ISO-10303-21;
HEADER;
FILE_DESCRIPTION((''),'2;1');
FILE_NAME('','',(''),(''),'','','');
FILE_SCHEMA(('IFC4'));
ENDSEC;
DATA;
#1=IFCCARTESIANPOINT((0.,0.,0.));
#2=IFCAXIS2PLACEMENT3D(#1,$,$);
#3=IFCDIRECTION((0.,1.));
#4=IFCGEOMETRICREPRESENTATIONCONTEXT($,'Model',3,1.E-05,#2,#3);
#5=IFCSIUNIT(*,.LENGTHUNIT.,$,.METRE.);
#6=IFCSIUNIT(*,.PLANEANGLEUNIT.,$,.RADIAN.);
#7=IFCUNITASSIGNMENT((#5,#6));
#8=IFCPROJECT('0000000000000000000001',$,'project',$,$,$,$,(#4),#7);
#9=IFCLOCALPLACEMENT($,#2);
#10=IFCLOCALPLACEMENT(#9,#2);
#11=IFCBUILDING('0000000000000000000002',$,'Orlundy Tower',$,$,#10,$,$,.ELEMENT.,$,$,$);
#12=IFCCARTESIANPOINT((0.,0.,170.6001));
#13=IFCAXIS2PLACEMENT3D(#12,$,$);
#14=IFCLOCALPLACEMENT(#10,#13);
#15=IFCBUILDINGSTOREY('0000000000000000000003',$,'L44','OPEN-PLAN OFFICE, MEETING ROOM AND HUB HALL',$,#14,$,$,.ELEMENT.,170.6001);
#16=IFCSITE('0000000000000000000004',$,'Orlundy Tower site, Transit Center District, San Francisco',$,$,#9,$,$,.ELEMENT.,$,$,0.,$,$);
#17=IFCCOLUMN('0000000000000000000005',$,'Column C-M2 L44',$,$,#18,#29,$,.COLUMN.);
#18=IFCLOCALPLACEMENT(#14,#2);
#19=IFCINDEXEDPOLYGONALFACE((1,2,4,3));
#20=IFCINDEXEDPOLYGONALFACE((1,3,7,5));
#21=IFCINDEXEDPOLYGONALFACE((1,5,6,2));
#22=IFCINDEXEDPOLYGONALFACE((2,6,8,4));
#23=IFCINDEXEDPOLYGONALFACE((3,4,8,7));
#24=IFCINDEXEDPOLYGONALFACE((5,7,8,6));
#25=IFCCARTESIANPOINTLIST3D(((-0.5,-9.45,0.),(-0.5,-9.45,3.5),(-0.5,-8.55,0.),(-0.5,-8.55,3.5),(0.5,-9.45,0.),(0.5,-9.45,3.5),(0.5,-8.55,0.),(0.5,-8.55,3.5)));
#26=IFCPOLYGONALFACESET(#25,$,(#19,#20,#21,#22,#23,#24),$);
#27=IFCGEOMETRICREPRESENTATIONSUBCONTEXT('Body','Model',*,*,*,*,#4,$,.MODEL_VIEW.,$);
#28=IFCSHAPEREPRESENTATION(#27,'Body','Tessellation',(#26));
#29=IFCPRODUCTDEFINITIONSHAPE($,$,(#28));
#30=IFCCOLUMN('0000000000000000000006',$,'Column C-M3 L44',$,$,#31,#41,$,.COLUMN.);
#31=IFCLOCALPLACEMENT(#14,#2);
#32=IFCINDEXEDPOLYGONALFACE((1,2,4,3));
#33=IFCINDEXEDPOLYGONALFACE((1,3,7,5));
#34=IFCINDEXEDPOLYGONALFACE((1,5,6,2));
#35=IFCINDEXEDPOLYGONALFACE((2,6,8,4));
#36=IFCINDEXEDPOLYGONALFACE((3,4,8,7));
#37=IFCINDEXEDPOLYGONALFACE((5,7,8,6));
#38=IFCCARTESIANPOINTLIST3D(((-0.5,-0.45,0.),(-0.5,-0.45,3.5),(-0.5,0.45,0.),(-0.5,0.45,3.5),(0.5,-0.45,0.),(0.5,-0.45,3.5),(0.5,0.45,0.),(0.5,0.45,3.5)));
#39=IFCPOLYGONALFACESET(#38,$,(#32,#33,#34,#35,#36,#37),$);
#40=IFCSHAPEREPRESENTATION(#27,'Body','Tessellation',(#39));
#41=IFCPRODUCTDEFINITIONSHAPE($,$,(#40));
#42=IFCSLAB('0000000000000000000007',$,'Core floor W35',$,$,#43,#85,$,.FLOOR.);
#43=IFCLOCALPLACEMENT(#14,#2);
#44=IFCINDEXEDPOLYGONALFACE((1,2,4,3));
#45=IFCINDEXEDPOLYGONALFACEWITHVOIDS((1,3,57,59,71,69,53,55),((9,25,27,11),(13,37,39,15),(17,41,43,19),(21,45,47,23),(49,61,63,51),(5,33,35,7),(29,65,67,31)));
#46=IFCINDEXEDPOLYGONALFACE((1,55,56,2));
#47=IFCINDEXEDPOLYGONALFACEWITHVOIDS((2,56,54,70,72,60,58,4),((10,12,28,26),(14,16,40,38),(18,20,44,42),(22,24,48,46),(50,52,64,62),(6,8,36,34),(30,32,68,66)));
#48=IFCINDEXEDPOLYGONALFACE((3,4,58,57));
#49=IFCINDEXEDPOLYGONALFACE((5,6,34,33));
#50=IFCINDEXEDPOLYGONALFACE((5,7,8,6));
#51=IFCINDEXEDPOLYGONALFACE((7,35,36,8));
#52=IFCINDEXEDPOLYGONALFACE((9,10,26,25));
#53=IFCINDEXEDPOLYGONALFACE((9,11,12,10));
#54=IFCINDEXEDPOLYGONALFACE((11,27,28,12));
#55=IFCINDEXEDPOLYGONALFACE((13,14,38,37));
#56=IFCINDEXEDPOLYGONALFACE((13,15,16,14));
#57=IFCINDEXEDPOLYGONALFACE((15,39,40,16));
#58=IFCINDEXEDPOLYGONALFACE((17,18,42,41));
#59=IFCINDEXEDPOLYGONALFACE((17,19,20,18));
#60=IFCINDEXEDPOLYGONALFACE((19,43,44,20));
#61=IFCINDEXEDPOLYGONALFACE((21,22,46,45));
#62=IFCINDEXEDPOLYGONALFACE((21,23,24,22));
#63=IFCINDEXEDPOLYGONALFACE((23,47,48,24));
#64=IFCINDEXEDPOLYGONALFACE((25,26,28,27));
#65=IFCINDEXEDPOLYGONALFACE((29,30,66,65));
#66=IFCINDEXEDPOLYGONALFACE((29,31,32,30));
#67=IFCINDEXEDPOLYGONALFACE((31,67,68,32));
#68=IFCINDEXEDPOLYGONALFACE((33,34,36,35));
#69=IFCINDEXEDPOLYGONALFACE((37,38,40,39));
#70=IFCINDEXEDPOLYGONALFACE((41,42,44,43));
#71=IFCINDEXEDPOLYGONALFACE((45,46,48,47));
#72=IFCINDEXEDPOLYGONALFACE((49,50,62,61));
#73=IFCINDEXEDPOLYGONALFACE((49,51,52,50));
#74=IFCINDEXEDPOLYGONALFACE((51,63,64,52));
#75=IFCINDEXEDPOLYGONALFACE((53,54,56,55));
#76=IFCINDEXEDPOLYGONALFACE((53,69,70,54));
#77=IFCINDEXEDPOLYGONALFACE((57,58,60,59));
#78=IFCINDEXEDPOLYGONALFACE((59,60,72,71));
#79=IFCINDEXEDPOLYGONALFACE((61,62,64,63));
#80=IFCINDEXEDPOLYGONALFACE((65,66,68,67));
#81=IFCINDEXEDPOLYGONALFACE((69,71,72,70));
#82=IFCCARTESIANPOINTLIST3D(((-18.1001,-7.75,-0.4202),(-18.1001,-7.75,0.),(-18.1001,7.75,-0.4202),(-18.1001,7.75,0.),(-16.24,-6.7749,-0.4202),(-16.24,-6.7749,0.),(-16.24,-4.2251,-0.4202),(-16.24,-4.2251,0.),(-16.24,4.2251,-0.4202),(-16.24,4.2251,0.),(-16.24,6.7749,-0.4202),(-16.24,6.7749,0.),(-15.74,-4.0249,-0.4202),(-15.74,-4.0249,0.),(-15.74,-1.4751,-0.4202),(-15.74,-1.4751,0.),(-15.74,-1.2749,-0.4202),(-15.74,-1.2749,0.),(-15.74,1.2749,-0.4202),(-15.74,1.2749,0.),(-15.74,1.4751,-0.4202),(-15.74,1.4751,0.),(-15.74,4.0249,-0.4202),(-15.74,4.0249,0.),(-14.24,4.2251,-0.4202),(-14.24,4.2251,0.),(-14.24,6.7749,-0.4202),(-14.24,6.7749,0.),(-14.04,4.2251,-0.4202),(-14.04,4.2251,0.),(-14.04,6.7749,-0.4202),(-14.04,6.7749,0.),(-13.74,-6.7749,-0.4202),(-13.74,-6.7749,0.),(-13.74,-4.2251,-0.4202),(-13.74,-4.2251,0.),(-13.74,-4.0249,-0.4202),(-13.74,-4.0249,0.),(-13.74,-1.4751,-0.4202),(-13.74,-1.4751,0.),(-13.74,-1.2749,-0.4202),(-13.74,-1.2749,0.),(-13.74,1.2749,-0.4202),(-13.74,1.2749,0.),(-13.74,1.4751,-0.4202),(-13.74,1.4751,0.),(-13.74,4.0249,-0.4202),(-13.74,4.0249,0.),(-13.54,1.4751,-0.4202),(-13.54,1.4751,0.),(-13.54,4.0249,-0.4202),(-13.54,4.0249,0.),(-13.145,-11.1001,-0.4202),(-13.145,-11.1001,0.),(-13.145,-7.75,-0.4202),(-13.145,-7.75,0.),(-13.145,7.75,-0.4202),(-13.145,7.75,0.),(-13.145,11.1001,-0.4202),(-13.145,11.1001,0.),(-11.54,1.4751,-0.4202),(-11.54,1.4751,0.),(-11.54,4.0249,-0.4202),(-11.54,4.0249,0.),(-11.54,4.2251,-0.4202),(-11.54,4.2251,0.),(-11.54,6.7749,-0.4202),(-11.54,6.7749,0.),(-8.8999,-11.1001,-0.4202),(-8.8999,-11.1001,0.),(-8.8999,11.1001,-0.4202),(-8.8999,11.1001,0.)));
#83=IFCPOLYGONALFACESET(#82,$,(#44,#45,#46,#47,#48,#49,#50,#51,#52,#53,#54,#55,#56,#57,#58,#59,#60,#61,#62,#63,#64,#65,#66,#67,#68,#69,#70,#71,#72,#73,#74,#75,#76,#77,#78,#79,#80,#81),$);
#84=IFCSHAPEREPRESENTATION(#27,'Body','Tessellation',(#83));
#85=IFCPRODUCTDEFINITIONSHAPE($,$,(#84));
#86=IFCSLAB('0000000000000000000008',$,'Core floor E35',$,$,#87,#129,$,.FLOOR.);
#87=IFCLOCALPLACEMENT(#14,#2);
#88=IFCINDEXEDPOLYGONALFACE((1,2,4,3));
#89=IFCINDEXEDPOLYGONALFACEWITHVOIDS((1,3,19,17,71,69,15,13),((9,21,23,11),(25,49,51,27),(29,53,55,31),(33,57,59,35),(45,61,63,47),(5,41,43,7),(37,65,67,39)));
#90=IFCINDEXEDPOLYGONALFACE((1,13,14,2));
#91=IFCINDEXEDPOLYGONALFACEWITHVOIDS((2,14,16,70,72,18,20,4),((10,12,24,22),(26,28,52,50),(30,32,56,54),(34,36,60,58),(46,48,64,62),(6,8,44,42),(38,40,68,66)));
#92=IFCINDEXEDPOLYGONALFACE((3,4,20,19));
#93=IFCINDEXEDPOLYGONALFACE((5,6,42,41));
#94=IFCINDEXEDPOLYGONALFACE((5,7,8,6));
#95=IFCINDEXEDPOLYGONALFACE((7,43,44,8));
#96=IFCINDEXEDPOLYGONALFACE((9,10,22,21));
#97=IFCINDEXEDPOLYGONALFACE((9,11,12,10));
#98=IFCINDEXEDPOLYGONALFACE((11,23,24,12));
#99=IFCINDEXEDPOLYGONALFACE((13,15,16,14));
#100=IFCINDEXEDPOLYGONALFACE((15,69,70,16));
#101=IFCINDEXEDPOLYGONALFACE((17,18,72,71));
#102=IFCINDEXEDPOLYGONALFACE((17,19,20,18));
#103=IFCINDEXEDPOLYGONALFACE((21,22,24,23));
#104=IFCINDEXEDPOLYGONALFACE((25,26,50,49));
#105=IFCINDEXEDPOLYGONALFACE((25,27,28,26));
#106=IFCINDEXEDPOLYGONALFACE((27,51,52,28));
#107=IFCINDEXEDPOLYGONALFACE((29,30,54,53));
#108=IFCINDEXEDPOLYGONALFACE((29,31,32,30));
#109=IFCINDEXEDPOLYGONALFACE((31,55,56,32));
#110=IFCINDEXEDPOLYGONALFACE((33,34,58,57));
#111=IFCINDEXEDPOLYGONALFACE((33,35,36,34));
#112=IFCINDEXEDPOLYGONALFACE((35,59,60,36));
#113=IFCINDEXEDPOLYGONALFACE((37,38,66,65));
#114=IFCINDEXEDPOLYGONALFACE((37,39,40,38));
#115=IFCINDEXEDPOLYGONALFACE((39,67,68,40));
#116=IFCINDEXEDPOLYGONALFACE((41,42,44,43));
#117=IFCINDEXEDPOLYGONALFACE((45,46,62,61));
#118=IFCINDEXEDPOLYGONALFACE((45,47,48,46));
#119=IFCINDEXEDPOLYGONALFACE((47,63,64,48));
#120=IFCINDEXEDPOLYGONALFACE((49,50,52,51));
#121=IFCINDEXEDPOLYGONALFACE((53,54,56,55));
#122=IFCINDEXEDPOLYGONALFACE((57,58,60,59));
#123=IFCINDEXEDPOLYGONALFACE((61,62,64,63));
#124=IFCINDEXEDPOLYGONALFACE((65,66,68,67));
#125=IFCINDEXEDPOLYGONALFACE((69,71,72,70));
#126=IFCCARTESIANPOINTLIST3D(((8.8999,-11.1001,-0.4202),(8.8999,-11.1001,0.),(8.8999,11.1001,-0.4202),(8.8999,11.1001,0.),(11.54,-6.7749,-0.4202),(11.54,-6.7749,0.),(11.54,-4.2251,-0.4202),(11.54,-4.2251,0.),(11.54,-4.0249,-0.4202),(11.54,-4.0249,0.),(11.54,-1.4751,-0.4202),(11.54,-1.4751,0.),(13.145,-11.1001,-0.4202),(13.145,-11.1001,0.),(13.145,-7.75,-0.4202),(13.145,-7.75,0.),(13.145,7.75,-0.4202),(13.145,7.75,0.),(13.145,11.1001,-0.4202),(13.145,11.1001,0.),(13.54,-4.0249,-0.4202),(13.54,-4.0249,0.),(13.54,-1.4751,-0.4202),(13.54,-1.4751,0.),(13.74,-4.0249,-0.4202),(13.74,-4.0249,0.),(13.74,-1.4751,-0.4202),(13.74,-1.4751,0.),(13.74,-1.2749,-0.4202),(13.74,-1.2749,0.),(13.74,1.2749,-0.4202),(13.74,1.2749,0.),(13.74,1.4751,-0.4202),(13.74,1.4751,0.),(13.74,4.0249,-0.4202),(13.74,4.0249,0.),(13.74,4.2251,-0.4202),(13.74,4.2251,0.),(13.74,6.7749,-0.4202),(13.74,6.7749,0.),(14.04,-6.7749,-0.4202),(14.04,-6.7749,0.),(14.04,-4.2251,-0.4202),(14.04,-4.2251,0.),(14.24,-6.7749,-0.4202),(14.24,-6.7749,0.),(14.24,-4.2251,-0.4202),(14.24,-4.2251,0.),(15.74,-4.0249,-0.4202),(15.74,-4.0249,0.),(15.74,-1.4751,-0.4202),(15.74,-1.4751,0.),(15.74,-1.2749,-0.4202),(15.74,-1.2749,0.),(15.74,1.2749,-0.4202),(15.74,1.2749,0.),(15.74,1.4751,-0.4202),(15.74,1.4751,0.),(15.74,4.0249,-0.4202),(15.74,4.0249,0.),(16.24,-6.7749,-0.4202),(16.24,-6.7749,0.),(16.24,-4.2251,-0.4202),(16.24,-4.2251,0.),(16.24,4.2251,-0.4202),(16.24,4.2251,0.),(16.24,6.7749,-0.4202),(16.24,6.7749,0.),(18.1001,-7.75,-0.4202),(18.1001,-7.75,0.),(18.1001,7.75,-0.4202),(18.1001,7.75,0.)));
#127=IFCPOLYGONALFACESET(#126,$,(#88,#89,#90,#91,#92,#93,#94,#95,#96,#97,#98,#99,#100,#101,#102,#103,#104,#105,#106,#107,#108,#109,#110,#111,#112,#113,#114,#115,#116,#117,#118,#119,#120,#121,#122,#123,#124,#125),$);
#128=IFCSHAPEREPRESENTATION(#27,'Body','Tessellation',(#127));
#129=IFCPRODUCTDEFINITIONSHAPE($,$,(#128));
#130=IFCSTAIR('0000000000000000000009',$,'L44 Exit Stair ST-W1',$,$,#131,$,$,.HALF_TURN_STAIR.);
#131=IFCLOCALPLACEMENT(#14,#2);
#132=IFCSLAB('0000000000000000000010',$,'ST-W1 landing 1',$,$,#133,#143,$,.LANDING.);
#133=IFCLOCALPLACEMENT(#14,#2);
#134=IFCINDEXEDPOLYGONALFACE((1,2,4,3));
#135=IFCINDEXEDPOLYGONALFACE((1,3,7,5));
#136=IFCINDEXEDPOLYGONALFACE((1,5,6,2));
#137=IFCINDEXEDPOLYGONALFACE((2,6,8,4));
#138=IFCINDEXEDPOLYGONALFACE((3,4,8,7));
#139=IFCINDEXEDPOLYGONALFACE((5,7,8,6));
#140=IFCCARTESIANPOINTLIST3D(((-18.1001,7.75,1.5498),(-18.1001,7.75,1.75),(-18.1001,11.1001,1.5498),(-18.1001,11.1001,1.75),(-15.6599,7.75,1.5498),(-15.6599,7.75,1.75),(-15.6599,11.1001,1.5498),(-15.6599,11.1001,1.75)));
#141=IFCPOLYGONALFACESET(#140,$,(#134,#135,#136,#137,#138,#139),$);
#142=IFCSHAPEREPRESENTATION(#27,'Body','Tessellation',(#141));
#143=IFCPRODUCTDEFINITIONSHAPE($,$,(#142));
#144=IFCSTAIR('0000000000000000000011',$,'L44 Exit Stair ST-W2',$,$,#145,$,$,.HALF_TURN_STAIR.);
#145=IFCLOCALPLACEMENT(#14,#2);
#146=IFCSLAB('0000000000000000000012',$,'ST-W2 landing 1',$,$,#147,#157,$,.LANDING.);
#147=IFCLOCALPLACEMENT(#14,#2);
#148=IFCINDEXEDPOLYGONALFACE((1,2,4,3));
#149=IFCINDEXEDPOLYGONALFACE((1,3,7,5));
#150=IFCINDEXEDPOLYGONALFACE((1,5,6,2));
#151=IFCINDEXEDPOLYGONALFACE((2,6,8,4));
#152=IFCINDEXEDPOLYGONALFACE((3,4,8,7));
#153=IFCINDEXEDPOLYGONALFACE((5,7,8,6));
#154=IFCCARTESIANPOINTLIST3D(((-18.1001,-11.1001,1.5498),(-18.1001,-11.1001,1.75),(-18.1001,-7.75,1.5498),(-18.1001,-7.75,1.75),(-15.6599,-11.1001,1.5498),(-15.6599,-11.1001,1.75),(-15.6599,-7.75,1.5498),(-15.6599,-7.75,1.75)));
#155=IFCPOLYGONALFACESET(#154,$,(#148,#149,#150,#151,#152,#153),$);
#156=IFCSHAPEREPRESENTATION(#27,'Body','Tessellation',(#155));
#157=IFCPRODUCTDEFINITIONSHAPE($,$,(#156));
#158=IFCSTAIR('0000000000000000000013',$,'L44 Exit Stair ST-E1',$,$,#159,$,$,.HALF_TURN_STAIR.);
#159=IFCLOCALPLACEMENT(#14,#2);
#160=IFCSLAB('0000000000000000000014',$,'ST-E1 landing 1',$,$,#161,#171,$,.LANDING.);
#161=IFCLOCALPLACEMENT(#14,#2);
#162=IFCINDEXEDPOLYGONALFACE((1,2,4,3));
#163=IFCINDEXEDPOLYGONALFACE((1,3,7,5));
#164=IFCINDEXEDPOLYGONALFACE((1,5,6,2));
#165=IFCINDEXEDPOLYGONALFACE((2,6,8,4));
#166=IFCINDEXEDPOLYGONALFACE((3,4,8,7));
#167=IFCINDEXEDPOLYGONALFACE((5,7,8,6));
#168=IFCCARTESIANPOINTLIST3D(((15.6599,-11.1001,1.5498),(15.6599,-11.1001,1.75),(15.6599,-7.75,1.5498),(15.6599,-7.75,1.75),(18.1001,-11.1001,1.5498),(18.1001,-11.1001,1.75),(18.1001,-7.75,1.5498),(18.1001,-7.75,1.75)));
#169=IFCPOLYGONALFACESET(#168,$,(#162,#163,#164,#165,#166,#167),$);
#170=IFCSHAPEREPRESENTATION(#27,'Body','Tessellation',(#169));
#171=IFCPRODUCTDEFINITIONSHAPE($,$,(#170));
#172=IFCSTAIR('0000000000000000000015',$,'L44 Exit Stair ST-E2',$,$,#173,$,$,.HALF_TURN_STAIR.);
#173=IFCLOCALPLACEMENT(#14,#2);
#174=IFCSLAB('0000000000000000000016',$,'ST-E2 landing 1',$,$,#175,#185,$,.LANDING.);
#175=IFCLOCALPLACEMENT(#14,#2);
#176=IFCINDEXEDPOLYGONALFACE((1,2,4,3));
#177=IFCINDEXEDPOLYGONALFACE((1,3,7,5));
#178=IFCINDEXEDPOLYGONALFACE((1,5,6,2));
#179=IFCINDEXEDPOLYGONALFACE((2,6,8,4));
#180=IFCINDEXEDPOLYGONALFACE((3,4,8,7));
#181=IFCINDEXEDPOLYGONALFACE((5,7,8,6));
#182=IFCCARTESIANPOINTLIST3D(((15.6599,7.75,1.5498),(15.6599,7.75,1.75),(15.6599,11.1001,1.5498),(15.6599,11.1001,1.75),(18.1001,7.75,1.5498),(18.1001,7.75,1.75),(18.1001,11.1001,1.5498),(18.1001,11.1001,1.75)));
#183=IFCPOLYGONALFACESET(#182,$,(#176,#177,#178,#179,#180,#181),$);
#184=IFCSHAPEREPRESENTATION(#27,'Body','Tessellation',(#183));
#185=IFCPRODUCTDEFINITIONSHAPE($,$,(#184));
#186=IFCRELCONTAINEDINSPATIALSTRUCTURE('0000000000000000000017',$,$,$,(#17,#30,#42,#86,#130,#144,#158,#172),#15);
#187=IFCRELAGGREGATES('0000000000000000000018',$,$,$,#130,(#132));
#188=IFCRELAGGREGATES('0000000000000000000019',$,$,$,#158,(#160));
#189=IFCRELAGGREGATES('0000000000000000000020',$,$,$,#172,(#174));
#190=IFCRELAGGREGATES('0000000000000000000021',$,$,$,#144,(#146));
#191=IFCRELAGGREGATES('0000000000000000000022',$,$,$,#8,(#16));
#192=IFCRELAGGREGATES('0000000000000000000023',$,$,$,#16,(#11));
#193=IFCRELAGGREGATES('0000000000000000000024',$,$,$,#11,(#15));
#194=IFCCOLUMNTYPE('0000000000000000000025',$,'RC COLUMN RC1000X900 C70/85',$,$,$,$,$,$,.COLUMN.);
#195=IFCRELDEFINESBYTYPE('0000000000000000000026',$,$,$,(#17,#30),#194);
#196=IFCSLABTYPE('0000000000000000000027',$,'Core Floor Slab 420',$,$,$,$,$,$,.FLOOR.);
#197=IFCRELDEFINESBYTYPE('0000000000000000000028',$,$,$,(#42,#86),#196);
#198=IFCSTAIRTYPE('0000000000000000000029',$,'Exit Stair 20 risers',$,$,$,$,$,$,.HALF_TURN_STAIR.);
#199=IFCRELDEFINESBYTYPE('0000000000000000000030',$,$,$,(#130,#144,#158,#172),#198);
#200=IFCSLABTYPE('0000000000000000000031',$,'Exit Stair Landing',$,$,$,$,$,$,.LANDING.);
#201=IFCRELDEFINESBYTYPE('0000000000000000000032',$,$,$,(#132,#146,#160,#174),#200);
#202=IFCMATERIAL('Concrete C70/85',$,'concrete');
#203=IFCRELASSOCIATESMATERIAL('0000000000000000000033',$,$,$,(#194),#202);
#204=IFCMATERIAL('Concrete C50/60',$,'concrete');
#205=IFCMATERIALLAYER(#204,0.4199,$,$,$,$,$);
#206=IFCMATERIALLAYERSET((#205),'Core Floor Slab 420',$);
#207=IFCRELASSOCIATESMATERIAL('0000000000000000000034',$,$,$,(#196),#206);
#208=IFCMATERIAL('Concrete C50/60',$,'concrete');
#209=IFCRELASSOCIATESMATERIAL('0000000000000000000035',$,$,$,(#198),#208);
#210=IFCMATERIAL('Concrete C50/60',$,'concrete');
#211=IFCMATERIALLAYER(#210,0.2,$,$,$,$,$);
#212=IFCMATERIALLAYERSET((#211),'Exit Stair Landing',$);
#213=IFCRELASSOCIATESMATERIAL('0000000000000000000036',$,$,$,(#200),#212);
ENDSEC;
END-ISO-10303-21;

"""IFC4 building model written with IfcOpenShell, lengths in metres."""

from ifc_helpers import new_model, si_unit, direction, frame, origin, origin_2d, place, context, subcontext, project, spatial, polyline, rectangle, outline, extrude, material, layer, layer_set, material_profile, profile_set, type_object, element, aggregate, save


model = new_model("IFC4")

# Units and contexts
model_context = context("Model", 3, precision=1e-05, world=origin(), true_north=direction((0.0, 1.0)))
body_context = subcontext(model_context, "Body", "Model", "MODEL_VIEW")
ifc_project = project(units=[si_unit("LENGTHUNIT", "METRE"), si_unit("PLANEANGLEUNIT", "RADIAN")], contexts=[model_context])

# Site, building, storey
site_placement = place(None, origin())
site = spatial("IfcSite", under=ifc_project, at=site_placement, Name="Orlundy Tower site, Transit Center District, San Francisco", CompositionType="ELEMENT", RefElevation=0.0)
building_placement = place(site_placement, origin())
building = spatial("IfcBuilding", under=site, at=building_placement, Name="Orlundy Tower", CompositionType="ELEMENT")
storey_placement = place(building_placement, frame((0.0, 0.0, 170.6001)))
storey = spatial("IfcBuildingStorey", under=building, at=storey_placement, Name="L44", Description="OPEN-PLAN OFFICE, MEETING ROOM AND HUB HALL", CompositionType="ELEMENT", Elevation=170.6001)

# Columns
ifc_material_1 = material(Name="Concrete C70/85", Category="concrete")
ifc_material_profile = material_profile(ifc_material_1, rectangle(XDim=1.0, YDim=0.8999, at=origin_2d()), Name="RC1000X900")
ifc_profile_set = profile_set([ifc_material_profile], Name="Concrete C70/85")
column_type = type_object("IfcColumnType", Name="RC COLUMN RC1000X900 C70/85", PredefinedType="COLUMN", material=ifc_profile_set)
for number, where, z_axis, x_axis, name in (
    (1, (0.0, -9.0, 0.0), (0.0, 0.0, 1.0), (1.0, 0.0, 0.0), "Column C-M2 L44"),
    (2, (0.0, 0.0, 0.0), (0.0, 0.0, 1.0), (1.0, 0.0, 0.0), "Column C-M3 L44"),
):
    element("IfcColumn", number, at=place(storey_placement, frame(where, z_axis=z_axis, x_axis=x_axis)), inside=storey, type_object=column_type, Name=name, PredefinedType="COLUMN", context=body_context, shape_type="SweptSolid", body=[
        extrude(rectangle(XDim=1.0, YDim=0.8999, at=origin_2d()), origin(), (0.0, 0.0, 1.0), 3.5),
    ])

# Slabs
ifc_material_2 = material(Name="Concrete C50/60", Category="concrete")
ifc_layer_1 = layer(ifc_material_2, 0.4199)
ifc_layer_set_1 = layer_set([ifc_layer_1], Name="Core Floor Slab 420")
slab_type_1 = type_object("IfcSlabType", Name="Core Floor Slab 420", PredefinedType="FLOOR", material=ifc_layer_set_1)
slab_1_placement = place(storey_placement, frame((0.0, 0.0, -0.4202)))
element("IfcSlab", 3, at=slab_1_placement, inside=storey, type_object=slab_type_1, Name="Core floor W35", PredefinedType="FLOOR", context=body_context, shape_type="SweptSolid", body=[
    extrude(outline(polyline([(-13.145, -11.1001), (-13.145, -7.75), (-18.1001, -7.75), (-18.1001, 7.75), (-13.145, 7.75), (-13.145, 11.1001), (-8.8999, 11.1001), (-8.8999, -11.1001), (-13.145, -11.1001)]), holes=[polyline([(-13.74, -4.2251), (-16.24, -4.2251), (-16.24, -6.7749), (-13.74, -6.7749), (-13.74, -4.2251)]), polyline([(-13.74, -4.0249), (-13.74, -1.4751), (-15.74, -1.4751), (-15.74, -4.0249), (-13.74, -4.0249)]), polyline([(-15.74, -1.2749), (-13.74, -1.2749), (-13.74, 1.2749), (-15.74, 1.2749), (-15.74, -1.2749)]), polyline([(-13.54, 4.0249), (-13.54, 1.4751), (-11.54, 1.4751), (-11.54, 4.0249), (-13.54, 4.0249)]), polyline([(-13.74, 4.0249), (-15.74, 4.0249), (-15.74, 1.4751), (-13.74, 1.4751), (-13.74, 4.0249)]), polyline([(-11.54, 4.2251), (-11.54, 6.7749), (-14.04, 6.7749), (-14.04, 4.2251), (-11.54, 4.2251)]), polyline([(-16.24, 4.2251), (-14.24, 4.2251), (-14.24, 6.7749), (-16.24, 6.7749), (-16.24, 4.2251)])]), origin(), (0.0, 0.0, 1.0), 0.4202),
])
slab_2_placement = place(storey_placement, frame((0.0, 0.0, -0.4202)))
element("IfcSlab", 4, at=slab_2_placement, inside=storey, type_object=slab_type_1, Name="Core floor E35", PredefinedType="FLOOR", context=body_context, shape_type="SweptSolid", body=[
    extrude(outline(polyline([(13.145, 11.1001), (13.145, 7.75), (18.1001, 7.75), (18.1001, -7.75), (13.145, -7.75), (13.145, -11.1001), (8.8999, -11.1001), (8.8999, 11.1001), (13.145, 11.1001)]), holes=[polyline([(13.74, 4.2251), (16.24, 4.2251), (16.24, 6.7749), (13.74, 6.7749), (13.74, 4.2251)]), polyline([(13.74, 4.0249), (13.74, 1.4751), (15.74, 1.4751), (15.74, 4.0249), (13.74, 4.0249)]), polyline([(15.74, 1.2749), (13.74, 1.2749), (13.74, -1.2749), (15.74, -1.2749), (15.74, 1.2749)]), polyline([(13.54, -4.0249), (13.54, -1.4751), (11.54, -1.4751), (11.54, -4.0249), (13.54, -4.0249)]), polyline([(13.74, -4.0249), (15.74, -4.0249), (15.74, -1.4751), (13.74, -1.4751), (13.74, -4.0249)]), polyline([(11.54, -4.2251), (11.54, -6.7749), (14.04, -6.7749), (14.04, -4.2251), (11.54, -4.2251)]), polyline([(16.24, -4.2251), (14.24, -4.2251), (14.24, -6.7749), (16.24, -6.7749), (16.24, -4.2251)])]), origin(), (0.0, 0.0, 1.0), 0.4202),
])

# Stairs, slabs
ifc_material_3 = material(Name="Concrete C50/60", Category="concrete")
stair_type = type_object("IfcStairType", Name="Exit Stair 20 risers", PredefinedType="HALF_TURN_STAIR", material=ifc_material_3)
stair_1_placement = place(storey_placement, origin())
stair_1 = element("IfcStair", 5, at=stair_1_placement, inside=storey, type_object=stair_type, Name="L44 Exit Stair ST-W1", PredefinedType="HALF_TURN_STAIR")
ifc_material_4 = material(Name="Concrete C50/60", Category="concrete")
ifc_layer_2 = layer(ifc_material_4, 0.2)
ifc_layer_set_2 = layer_set([ifc_layer_2], Name="Exit Stair Landing")
slab_type_2 = type_object("IfcSlabType", Name="Exit Stair Landing", PredefinedType="LANDING", material=ifc_layer_set_2)
slab_3_placement = place(storey_placement, frame((0.0, 0.0, 1.5498)))
slab_3 = element("IfcSlab", 6, at=slab_3_placement, type_object=slab_type_2, Name="ST-W1 landing 1", PredefinedType="LANDING", context=body_context, shape_type="SweptSolid", body=[
    extrude(outline(polyline([(-15.6599, 11.1001), (-18.1001, 11.1001), (-18.1001, 7.75), (-15.6599, 7.75), (-15.6599, 11.1001)])), origin(), (0.0, 0.0, 1.0), 0.2002),
])
aggregate(stair_1, [slab_3])
stair_2_placement = place(storey_placement, origin())
stair_2 = element("IfcStair", 7, at=stair_2_placement, inside=storey, type_object=stair_type, Name="L44 Exit Stair ST-W2", PredefinedType="HALF_TURN_STAIR")
slab_4_placement = place(storey_placement, frame((0.0, 0.0, 1.5498)))
slab_4 = element("IfcSlab", 8, at=slab_4_placement, type_object=slab_type_2, Name="ST-W2 landing 1", PredefinedType="LANDING", context=body_context, shape_type="SweptSolid", body=[
    extrude(outline(polyline([(-15.6599, -7.75), (-18.1001, -7.75), (-18.1001, -11.1001), (-15.6599, -11.1001), (-15.6599, -7.75)])), origin(), (0.0, 0.0, 1.0), 0.2002),
])
stair_3_placement = place(storey_placement, origin())
stair_3 = element("IfcStair", 9, at=stair_3_placement, inside=storey, type_object=stair_type, Name="L44 Exit Stair ST-E1", PredefinedType="HALF_TURN_STAIR")
slab_5_placement = place(storey_placement, frame((0.0, 0.0, 1.5498)))
slab_5 = element("IfcSlab", 10, at=slab_5_placement, type_object=slab_type_2, Name="ST-E1 landing 1", PredefinedType="LANDING", context=body_context, shape_type="SweptSolid", body=[
    extrude(outline(polyline([(15.6599, -11.1001), (18.1001, -11.1001), (18.1001, -7.75), (15.6599, -7.75), (15.6599, -11.1001)])), origin(), (0.0, 0.0, 1.0), 0.2002),
])
aggregate(stair_3, [slab_5])
stair_4_placement = place(storey_placement, origin())
stair_4 = element("IfcStair", 11, at=stair_4_placement, inside=storey, type_object=stair_type, Name="L44 Exit Stair ST-E2", PredefinedType="HALF_TURN_STAIR")
slab_6_placement = place(storey_placement, frame((0.0, 0.0, 1.5498)))
slab_6 = element("IfcSlab", 12, at=slab_6_placement, type_object=slab_type_2, Name="ST-E2 landing 1", PredefinedType="LANDING", context=body_context, shape_type="SweptSolid", body=[
    extrude(outline(polyline([(15.6599, 7.75), (18.1001, 7.75), (18.1001, 11.1001), (15.6599, 11.1001), (15.6599, 7.75)])), origin(), (0.0, 0.0, 1.0), 0.2002),
])
aggregate(stair_4, [slab_6])

aggregate(stair_2, [slab_4])

save(model, "model.ifc")
